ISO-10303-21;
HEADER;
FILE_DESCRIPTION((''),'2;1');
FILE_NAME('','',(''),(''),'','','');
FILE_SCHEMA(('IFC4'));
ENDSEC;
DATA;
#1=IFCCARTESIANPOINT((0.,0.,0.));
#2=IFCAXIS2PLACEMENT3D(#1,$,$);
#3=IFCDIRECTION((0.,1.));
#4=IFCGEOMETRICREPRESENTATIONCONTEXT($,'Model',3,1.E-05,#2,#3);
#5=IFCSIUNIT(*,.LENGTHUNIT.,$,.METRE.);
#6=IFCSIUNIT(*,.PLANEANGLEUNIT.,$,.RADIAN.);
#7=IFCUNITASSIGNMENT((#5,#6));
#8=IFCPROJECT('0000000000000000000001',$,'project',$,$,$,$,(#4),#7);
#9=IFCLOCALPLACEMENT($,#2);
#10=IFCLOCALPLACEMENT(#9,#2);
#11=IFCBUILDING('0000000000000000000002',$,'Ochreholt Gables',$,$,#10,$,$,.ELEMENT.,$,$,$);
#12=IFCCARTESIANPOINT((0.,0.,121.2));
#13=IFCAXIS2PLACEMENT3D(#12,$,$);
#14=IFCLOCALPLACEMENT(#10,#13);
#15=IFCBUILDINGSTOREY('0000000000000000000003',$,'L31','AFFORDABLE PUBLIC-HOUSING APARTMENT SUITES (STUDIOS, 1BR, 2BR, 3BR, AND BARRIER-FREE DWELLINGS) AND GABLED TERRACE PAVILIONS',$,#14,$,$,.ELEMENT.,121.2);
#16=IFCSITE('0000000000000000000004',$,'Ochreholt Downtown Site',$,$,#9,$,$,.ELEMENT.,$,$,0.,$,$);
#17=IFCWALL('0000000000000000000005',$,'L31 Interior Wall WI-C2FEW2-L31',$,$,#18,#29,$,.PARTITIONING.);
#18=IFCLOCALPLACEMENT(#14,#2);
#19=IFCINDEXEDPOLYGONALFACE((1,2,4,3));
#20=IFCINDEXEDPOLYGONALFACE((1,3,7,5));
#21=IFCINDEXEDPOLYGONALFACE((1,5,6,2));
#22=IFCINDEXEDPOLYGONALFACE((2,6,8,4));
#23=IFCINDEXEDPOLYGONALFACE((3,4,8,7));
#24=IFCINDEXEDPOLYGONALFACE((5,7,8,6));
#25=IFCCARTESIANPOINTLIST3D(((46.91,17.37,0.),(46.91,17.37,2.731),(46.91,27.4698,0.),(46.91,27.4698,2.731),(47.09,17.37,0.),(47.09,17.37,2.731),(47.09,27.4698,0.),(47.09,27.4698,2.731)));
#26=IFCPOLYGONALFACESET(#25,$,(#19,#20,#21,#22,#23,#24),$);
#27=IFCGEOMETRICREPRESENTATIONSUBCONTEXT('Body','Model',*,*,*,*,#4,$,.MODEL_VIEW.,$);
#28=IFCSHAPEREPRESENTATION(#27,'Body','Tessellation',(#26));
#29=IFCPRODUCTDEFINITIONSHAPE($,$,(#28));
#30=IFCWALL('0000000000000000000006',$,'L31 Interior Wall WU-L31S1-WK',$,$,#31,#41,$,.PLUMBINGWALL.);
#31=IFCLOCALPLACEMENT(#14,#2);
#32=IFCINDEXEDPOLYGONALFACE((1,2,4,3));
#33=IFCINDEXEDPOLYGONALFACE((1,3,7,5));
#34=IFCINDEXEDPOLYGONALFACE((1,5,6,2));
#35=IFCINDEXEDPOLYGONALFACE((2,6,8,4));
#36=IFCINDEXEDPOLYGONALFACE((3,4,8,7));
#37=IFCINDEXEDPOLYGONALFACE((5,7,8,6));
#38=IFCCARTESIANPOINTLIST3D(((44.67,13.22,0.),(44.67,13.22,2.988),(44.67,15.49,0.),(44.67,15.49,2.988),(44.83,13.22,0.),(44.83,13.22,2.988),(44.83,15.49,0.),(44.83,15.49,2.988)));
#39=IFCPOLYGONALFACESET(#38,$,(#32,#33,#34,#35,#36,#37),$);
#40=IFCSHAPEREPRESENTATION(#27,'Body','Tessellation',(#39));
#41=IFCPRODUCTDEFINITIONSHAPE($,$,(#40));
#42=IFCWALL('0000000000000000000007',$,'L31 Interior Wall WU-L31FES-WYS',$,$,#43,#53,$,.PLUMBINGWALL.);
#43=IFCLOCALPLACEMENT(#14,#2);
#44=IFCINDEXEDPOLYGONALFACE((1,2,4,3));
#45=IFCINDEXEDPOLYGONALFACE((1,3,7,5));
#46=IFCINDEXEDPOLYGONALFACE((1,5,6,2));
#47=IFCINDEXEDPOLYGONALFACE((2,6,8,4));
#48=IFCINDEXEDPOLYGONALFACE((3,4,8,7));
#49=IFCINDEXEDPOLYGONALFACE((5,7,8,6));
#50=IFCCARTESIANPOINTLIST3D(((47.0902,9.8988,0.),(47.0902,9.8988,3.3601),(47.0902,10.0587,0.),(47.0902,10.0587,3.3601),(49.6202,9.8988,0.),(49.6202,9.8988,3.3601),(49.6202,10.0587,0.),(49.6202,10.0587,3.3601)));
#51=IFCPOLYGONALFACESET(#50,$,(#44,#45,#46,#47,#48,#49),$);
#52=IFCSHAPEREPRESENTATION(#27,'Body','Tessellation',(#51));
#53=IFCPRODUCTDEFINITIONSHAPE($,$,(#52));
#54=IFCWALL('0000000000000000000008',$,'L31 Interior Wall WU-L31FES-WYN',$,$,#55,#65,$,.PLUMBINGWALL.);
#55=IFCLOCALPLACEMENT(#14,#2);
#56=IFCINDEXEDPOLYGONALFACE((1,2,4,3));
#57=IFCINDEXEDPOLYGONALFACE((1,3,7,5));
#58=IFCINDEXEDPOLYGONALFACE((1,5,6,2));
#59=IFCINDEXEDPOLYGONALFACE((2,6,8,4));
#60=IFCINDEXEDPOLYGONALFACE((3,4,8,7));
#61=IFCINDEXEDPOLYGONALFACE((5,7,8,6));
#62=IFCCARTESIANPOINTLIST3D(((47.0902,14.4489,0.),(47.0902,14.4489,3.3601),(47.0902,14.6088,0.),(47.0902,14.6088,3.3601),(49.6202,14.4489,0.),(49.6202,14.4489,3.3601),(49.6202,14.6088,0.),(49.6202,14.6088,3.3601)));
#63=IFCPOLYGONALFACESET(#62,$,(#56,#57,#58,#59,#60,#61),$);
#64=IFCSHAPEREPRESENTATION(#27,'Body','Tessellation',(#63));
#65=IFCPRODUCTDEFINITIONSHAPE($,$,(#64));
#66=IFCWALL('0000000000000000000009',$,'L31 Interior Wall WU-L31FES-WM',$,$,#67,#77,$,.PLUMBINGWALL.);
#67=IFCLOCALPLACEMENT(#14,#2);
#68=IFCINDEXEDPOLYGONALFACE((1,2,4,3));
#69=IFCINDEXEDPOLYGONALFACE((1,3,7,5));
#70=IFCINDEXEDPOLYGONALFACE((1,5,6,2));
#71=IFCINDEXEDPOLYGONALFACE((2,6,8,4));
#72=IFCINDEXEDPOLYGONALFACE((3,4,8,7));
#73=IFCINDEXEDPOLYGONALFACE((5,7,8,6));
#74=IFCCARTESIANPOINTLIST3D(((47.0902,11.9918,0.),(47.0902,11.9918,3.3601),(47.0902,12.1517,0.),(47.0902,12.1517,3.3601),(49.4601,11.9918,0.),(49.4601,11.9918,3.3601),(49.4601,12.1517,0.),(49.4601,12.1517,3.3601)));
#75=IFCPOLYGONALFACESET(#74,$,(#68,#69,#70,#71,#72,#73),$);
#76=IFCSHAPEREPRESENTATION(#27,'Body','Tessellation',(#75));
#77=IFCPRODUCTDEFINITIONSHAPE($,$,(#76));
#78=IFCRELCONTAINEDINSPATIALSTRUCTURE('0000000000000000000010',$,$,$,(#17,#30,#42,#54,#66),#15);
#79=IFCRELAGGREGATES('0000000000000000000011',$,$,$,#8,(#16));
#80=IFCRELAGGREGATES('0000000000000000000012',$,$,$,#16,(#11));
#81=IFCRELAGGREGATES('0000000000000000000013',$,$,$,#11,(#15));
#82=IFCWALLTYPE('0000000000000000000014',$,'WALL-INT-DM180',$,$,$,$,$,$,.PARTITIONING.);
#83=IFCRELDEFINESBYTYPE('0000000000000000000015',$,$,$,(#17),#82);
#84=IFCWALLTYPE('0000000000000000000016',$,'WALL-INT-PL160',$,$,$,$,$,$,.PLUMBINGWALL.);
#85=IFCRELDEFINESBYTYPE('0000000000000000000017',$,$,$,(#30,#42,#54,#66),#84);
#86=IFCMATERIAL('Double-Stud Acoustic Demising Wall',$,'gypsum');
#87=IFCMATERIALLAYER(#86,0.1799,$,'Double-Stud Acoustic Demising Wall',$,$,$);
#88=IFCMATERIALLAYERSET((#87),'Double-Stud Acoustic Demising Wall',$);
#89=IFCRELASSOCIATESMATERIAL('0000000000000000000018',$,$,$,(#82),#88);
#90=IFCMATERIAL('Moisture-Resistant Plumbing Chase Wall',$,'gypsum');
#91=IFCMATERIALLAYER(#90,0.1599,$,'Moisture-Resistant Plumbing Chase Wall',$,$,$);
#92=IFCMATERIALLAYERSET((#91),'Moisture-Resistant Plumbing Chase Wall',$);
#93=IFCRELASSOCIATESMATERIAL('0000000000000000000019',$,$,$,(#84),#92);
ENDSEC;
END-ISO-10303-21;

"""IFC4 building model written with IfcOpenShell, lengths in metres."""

from ifc_helpers import new_model, si_unit, direction, frame, frame_2d, origin, place, context, subcontext, project, spatial, rectangle, extrude, material, layer, layer_set, type_object, element, save


model = new_model("IFC4")

# Units and contexts
model_context = context("Model", 3, precision=1e-05, world=origin(), true_north=direction((0.0, 1.0)))
body_context = subcontext(model_context, "Body", "Model", "MODEL_VIEW")
ifc_project = project(units=[si_unit("LENGTHUNIT", "METRE"), si_unit("PLANEANGLEUNIT", "RADIAN")], contexts=[model_context])

# Site, building, storey
site_placement = place(None, origin())
site = spatial("IfcSite", under=ifc_project, at=site_placement, Name="Ochreholt Downtown Site", CompositionType="ELEMENT", RefElevation=0.0)
building_placement = place(site_placement, origin())
building = spatial("IfcBuilding", under=site, at=building_placement, Name="Ochreholt Gables", CompositionType="ELEMENT")
storey_placement = place(building_placement, frame((0.0, 0.0, 121.2)))
storey = spatial("IfcBuildingStorey", under=building, at=storey_placement, Name="L31", Description="AFFORDABLE PUBLIC-HOUSING APARTMENT SUITES (STUDIOS, 1BR, 2BR, 3BR, AND BARRIER-FREE DWELLINGS) AND GABLED TERRACE PAVILIONS", CompositionType="ELEMENT", Elevation=121.2)

# Walls
ifc_material_1 = material(Name="Double-Stud Acoustic Demising Wall", Category="gypsum")
ifc_layer_1 = layer(ifc_material_1, 0.1799, Name="Double-Stud Acoustic Demising Wall")
ifc_layer_set_1 = layer_set([ifc_layer_1], Name="Double-Stud Acoustic Demising Wall")
wall_type_1 = type_object("IfcWallType", Name="WALL-INT-DM180", PredefinedType="PARTITIONING", material=ifc_layer_set_1)
wall_1_placement = place(storey_placement, frame((47.0, 17.3701, 0.0), z_axis=(0.0, 0.0, 1.0), x_axis=(0.0, 1.0, 0.0)))
element("IfcWall", 1, at=wall_1_placement, inside=storey, type_object=wall_type_1, Name="L31 Interior Wall WI-C2FEW2-L31", PredefinedType="PARTITIONING", context=body_context, shape_type="SweptSolid", body=[
    extrude(rectangle(XDim=10.0999, YDim=0.1799, at=frame_2d((5.0498, 0.0))), origin(), (0.0, 0.0, 1.0), 2.731),
])
ifc_material_2 = material(Name="Moisture-Resistant Plumbing Chase Wall", Category="gypsum")
ifc_layer_2 = layer(ifc_material_2, 0.1599, Name="Moisture-Resistant Plumbing Chase Wall")
ifc_layer_set_2 = layer_set([ifc_layer_2], Name="Moisture-Resistant Plumbing Chase Wall")
wall_type_2 = type_object("IfcWallType", Name="WALL-INT-PL160", PredefinedType="PLUMBINGWALL", material=ifc_layer_set_2)
wall_2_placement = place(storey_placement, frame((44.75, 13.22, 0.0), z_axis=(0.0, 0.0, 1.0), x_axis=(0.0, 1.0, 0.0)))
element("IfcWall", 2, at=wall_2_placement, inside=storey, type_object=wall_type_2, Name="L31 Interior Wall WU-L31S1-WK", PredefinedType="PLUMBINGWALL", context=body_context, shape_type="SweptSolid", body=[
    extrude(rectangle(XDim=2.27, YDim=0.1599, at=frame_2d((1.135, 0.0))), origin(), (0.0, 0.0, 1.0), 2.988),
])
for number, where, z_axis, x_axis, name in (
    (3, (47.0901, 9.9788, 0.0), (0.0, 0.0, 1.0), (1.0, 0.0, 0.0), "L31 Interior Wall WU-L31FES-WYS"),
    (4, (47.0901, 14.5288, 0.0), (0.0, 0.0, 1.0), (1.0, 0.0, 0.0), "L31 Interior Wall WU-L31FES-WYN"),
):
    element("IfcWall", number, at=place(storey_placement, frame(where, z_axis=z_axis, x_axis=x_axis)), inside=storey, type_object=wall_type_2, Name=name, PredefinedType="PLUMBINGWALL", context=body_context, shape_type="SweptSolid", body=[
        extrude(rectangle(XDim=2.53, YDim=0.1599, at=frame_2d((1.2651, 0.0))), origin(), (0.0, 0.0, 1.0), 3.3601),
    ])

# Wall
wall_3_placement = place(storey_placement, frame((47.0901, 12.0718, 0.0), z_axis=(0.0, 0.0, 1.0), x_axis=(1.0, 0.0, 0.0)))
element("IfcWall", 5, at=wall_3_placement, inside=storey, type_object=wall_type_2, Name="L31 Interior Wall WU-L31FES-WM", PredefinedType="PLUMBINGWALL", context=body_context, shape_type="SweptSolid", body=[
    extrude(rectangle(XDim=2.3699, YDim=0.1599, at=frame_2d((1.1851, 0.0))), origin(), (0.0, 0.0, 1.0), 3.3601),
])

save(model, "model.ifc")
